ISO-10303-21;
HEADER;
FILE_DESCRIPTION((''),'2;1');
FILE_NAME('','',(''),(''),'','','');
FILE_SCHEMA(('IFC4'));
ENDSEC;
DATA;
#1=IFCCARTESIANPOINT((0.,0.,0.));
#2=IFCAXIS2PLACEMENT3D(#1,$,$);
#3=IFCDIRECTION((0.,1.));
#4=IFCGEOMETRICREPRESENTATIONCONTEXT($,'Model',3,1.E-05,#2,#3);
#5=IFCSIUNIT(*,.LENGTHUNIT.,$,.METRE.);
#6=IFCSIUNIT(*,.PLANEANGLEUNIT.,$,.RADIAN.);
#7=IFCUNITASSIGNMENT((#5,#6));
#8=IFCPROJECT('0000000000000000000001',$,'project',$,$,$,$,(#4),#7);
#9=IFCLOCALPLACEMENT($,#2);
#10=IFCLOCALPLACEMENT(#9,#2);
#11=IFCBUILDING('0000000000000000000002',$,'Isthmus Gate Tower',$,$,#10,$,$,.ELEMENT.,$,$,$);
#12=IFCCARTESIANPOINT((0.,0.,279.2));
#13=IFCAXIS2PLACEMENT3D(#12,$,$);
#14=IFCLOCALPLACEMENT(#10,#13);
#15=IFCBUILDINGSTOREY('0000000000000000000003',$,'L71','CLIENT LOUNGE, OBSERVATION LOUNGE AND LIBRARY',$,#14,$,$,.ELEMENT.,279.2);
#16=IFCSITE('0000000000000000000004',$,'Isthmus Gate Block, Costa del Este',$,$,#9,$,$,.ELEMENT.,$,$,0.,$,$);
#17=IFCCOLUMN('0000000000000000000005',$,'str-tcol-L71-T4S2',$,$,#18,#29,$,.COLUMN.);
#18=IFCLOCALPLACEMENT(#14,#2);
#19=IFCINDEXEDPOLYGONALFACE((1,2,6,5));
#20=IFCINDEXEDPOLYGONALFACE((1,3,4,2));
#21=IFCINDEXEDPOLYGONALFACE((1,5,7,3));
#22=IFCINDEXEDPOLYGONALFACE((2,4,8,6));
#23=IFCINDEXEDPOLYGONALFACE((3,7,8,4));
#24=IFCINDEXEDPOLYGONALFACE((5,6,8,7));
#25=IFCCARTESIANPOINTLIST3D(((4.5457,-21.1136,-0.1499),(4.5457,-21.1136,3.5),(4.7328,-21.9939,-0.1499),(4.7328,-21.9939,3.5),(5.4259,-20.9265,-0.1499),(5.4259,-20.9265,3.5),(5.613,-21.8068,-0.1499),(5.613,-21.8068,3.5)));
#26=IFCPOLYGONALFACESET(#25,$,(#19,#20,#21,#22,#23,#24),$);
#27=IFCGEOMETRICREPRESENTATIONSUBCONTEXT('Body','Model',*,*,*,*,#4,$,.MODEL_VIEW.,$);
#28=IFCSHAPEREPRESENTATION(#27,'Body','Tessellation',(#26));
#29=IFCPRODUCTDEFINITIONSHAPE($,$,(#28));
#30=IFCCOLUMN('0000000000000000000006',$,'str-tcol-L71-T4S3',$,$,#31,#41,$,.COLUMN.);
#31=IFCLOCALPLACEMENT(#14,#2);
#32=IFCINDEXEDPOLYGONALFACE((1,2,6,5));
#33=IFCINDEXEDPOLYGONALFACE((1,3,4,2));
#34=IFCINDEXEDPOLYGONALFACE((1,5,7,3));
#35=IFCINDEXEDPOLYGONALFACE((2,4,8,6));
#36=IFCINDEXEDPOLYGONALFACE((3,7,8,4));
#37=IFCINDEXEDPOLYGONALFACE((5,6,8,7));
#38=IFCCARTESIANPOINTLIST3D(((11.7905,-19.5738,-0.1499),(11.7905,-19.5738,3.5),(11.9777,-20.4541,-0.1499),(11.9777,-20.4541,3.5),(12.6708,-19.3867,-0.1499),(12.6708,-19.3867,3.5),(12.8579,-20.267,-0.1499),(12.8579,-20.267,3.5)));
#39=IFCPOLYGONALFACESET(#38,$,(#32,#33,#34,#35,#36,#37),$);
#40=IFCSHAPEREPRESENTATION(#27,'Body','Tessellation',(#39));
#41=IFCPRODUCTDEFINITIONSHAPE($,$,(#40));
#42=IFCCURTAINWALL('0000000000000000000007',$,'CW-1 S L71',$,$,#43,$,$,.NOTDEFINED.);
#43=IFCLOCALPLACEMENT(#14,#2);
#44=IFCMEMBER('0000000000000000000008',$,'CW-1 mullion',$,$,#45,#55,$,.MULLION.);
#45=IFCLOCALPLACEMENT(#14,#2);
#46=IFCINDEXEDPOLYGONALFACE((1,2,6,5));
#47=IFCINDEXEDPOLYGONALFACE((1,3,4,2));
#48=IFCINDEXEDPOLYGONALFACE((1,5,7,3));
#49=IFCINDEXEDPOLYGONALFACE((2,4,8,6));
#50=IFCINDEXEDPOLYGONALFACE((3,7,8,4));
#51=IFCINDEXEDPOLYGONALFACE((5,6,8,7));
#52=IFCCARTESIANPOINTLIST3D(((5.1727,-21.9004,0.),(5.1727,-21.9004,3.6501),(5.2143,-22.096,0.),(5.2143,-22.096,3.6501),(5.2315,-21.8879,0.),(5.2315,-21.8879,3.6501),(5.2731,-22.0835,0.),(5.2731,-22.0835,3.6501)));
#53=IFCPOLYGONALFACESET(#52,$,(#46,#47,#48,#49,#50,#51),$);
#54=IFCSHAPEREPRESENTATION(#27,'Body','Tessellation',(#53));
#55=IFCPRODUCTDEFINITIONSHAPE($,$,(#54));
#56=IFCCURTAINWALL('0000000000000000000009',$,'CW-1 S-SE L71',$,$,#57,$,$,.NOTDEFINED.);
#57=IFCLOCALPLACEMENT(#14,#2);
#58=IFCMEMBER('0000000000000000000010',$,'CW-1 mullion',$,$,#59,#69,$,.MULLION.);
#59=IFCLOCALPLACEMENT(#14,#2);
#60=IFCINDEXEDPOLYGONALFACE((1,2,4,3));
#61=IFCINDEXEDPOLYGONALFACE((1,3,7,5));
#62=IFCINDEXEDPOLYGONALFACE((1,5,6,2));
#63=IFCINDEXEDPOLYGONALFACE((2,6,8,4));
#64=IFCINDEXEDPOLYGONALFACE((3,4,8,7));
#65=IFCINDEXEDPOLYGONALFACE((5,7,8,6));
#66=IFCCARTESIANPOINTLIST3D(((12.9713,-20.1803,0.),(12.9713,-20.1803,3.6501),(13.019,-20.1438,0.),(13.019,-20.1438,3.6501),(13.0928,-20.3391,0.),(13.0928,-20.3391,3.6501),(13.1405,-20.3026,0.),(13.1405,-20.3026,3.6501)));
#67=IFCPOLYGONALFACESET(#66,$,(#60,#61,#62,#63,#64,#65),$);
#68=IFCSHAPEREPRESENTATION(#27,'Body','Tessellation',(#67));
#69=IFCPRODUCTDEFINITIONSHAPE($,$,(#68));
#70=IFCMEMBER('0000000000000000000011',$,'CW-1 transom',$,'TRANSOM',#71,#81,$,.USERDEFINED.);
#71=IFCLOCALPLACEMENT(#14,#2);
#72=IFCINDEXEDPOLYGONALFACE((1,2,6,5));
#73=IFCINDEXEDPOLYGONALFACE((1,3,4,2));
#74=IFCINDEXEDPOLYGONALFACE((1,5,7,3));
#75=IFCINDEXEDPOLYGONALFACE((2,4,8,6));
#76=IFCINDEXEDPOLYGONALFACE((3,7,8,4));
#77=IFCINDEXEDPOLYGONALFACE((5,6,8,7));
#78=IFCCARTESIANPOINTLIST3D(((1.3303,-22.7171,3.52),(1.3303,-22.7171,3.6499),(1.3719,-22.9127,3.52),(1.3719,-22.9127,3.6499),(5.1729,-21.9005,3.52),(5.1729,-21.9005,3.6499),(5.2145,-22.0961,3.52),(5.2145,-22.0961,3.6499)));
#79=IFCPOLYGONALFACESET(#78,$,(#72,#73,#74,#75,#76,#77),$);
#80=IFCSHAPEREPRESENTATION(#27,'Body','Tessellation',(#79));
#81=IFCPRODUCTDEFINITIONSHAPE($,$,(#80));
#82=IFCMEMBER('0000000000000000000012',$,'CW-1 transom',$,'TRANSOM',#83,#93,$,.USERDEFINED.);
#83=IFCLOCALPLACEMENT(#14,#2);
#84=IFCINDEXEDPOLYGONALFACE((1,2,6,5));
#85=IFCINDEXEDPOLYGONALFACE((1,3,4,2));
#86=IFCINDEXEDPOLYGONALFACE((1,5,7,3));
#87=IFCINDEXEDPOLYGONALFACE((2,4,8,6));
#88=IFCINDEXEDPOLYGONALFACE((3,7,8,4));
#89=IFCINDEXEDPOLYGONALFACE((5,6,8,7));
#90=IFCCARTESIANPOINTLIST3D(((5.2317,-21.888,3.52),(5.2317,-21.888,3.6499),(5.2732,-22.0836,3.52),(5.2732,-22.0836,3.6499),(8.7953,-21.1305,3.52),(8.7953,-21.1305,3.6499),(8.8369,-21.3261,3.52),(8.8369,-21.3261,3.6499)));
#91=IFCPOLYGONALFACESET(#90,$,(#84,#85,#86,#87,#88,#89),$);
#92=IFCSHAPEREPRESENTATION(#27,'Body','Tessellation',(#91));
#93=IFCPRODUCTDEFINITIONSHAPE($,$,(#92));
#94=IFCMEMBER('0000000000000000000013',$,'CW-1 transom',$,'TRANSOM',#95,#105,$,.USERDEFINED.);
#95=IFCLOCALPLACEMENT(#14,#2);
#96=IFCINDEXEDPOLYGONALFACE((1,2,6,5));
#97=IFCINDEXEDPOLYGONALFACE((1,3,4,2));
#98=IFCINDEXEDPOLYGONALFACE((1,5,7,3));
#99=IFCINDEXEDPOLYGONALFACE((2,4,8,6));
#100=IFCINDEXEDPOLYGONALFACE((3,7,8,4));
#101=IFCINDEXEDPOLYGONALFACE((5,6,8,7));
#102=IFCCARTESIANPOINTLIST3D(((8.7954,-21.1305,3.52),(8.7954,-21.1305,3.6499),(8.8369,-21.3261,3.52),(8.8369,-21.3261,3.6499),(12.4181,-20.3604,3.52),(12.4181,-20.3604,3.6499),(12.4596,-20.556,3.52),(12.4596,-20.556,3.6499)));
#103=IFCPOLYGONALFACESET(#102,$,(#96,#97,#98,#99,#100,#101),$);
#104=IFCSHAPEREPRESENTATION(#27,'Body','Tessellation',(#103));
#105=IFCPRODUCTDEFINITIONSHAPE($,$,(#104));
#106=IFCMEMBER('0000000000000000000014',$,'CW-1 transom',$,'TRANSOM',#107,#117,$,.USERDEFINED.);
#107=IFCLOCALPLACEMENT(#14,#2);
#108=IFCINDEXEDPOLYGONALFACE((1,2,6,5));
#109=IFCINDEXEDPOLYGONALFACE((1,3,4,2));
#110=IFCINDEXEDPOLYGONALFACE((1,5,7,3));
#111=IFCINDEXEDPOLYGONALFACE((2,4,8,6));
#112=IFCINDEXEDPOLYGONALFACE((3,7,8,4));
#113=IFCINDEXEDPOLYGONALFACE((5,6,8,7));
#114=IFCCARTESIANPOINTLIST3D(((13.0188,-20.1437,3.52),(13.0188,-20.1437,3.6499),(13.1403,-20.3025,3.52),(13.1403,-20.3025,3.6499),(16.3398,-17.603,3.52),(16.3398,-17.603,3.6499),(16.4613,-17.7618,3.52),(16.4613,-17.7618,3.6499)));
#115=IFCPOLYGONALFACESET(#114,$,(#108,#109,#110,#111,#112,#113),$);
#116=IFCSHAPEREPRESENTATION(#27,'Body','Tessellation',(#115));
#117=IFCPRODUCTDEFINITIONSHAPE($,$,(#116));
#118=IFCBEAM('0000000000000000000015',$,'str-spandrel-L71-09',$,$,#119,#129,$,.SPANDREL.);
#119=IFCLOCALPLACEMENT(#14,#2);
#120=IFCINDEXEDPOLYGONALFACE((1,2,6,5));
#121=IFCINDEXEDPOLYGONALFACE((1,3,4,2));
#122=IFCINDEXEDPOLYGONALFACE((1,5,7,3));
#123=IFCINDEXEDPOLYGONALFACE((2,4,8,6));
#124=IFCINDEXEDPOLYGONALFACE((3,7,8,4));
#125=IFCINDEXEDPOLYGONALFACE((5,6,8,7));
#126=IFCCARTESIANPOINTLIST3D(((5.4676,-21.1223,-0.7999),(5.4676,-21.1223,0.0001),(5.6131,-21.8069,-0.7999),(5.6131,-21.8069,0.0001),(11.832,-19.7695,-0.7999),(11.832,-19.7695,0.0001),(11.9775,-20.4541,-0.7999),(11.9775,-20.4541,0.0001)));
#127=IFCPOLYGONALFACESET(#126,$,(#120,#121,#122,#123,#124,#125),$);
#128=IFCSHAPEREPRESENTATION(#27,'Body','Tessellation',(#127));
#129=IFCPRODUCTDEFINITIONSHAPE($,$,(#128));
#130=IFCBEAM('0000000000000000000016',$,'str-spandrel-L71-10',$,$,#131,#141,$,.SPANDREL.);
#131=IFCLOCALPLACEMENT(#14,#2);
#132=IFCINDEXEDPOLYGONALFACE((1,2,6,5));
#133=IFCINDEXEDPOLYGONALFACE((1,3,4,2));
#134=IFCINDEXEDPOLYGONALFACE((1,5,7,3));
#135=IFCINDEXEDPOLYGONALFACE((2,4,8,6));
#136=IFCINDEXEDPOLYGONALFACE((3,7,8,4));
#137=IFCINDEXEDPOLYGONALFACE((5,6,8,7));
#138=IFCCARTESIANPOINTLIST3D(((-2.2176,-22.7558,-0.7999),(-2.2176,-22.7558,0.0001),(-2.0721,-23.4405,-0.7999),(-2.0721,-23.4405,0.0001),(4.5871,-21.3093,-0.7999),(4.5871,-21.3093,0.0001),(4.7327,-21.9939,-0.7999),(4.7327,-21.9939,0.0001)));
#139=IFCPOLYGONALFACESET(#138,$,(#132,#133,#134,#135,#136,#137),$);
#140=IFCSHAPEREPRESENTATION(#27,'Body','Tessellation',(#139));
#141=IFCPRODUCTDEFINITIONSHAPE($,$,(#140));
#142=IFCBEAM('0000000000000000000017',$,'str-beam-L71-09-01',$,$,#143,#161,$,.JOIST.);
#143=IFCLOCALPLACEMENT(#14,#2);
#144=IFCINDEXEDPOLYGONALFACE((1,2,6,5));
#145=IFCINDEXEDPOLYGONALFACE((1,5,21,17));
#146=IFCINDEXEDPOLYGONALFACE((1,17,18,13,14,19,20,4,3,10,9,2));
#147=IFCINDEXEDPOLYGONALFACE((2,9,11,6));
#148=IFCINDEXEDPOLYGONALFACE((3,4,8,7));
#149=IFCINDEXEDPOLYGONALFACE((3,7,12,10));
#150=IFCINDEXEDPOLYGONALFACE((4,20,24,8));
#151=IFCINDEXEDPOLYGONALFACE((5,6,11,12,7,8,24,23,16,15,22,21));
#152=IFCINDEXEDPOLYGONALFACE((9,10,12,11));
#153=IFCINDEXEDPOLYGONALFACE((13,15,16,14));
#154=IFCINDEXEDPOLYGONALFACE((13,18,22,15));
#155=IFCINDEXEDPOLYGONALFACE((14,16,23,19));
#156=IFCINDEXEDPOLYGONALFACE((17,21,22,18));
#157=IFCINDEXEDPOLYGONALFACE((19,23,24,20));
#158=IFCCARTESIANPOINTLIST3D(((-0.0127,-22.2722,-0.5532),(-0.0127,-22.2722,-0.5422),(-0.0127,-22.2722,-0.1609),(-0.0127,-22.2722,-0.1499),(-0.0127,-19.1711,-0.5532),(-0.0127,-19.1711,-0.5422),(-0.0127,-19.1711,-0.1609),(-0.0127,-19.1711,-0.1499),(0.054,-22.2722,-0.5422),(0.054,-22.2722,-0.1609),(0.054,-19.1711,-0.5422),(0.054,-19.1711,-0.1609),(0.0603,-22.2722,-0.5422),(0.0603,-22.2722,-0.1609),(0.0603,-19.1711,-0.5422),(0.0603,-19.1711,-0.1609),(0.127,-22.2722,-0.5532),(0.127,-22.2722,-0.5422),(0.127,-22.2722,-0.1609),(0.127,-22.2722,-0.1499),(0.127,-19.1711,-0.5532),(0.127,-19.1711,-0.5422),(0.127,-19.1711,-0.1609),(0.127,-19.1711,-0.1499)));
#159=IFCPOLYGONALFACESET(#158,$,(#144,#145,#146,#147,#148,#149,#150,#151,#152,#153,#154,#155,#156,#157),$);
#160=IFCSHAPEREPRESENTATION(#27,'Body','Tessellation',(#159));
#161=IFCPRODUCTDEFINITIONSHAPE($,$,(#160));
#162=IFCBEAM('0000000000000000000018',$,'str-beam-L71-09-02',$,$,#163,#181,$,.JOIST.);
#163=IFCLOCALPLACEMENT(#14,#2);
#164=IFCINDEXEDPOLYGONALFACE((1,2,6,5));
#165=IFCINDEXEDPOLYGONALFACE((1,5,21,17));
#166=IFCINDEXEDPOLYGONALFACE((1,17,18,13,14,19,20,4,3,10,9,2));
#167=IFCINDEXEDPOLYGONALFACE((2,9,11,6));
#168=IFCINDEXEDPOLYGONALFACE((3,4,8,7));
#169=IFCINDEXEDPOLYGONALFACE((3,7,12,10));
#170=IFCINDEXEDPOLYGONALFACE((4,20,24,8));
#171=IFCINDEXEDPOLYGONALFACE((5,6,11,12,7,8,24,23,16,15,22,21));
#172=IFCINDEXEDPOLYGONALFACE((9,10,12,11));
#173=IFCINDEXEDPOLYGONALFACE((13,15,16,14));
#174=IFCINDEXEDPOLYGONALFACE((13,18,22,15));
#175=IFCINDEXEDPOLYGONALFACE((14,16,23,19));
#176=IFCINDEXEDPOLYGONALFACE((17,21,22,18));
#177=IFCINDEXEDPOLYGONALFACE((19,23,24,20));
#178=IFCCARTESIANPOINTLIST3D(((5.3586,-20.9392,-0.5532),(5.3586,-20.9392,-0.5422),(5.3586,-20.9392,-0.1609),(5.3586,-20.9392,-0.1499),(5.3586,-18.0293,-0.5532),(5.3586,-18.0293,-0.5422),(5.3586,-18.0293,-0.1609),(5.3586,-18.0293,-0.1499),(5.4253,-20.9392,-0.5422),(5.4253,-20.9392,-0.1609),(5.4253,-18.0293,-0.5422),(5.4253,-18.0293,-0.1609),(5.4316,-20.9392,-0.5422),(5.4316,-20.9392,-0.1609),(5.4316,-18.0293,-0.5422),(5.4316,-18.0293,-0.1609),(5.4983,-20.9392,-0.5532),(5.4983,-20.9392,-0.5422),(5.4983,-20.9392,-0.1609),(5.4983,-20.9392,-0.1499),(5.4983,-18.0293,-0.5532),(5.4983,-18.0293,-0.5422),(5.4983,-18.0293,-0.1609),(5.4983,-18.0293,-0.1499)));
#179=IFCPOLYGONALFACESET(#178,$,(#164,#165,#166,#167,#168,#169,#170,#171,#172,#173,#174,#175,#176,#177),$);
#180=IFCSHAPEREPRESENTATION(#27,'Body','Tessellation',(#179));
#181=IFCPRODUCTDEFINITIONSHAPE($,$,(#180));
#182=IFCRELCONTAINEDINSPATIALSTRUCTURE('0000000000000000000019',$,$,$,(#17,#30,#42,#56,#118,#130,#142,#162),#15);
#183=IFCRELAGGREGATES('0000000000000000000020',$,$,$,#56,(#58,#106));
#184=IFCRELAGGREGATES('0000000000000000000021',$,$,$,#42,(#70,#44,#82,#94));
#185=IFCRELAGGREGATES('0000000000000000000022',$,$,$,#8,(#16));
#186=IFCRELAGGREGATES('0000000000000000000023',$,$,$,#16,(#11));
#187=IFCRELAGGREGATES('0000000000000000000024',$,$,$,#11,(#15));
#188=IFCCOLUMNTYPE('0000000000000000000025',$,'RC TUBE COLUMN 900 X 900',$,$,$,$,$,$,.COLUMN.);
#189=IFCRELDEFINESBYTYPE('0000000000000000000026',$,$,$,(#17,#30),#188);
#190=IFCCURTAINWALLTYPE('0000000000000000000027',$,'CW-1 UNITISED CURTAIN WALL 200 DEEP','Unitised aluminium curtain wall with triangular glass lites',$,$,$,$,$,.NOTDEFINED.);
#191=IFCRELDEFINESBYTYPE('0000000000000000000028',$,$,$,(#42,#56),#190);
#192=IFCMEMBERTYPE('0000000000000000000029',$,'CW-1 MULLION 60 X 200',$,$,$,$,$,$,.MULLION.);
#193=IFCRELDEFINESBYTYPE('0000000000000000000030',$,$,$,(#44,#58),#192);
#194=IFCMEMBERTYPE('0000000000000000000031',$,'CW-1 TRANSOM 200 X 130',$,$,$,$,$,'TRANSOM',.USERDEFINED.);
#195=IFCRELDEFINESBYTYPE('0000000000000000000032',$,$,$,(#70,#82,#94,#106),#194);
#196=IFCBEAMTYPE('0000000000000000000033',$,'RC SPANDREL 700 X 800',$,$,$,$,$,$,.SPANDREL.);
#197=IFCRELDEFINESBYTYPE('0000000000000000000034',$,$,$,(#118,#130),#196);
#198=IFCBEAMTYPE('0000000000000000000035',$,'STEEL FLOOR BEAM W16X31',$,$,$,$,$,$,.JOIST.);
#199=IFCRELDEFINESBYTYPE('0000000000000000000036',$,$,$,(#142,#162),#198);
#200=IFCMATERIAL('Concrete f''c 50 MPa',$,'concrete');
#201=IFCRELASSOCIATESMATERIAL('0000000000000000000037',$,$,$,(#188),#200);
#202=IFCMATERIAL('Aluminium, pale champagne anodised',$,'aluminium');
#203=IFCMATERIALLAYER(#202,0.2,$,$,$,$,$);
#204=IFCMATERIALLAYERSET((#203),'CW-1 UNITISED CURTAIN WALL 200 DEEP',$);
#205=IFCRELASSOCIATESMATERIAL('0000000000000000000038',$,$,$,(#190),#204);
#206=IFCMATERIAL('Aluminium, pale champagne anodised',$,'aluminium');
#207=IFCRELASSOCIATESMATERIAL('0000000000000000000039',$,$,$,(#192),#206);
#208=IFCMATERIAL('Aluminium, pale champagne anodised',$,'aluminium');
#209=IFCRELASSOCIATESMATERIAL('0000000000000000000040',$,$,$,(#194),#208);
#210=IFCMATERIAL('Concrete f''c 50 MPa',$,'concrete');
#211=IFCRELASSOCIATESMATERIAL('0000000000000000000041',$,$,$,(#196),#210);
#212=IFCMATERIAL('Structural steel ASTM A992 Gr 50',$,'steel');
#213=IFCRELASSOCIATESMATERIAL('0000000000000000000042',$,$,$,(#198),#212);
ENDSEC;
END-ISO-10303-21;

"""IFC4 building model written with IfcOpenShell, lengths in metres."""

from ifc_helpers import new_model, si_unit, direction, frame, origin, origin_2d, place, context, subcontext, project, spatial, rectangle, i_section, extrude, material, layer, layer_set, material_profile, profile_set, type_object, element, aggregate, save


model = new_model("IFC4")

# Units and contexts
model_context = context("Model", 3, precision=1e-05, world=origin(), true_north=direction((0.0, 1.0)))
body_context = subcontext(model_context, "Body", "Model", "MODEL_VIEW")
ifc_project = project(units=[si_unit("LENGTHUNIT", "METRE"), si_unit("PLANEANGLEUNIT", "RADIAN")], contexts=[model_context])

# Site, building, storey
site_placement = place(None, origin())
site = spatial("IfcSite", under=ifc_project, at=site_placement, Name="Isthmus Gate Block, Costa del Este", CompositionType="ELEMENT", RefElevation=0.0)
building_placement = place(site_placement, origin())
building = spatial("IfcBuilding", under=site, at=building_placement, Name="Isthmus Gate Tower", CompositionType="ELEMENT")
storey_placement = place(building_placement, frame((0.0, 0.0, 279.2)))
storey = spatial("IfcBuildingStorey", under=building, at=storey_placement, Name="L71", Description="CLIENT LOUNGE, OBSERVATION LOUNGE AND LIBRARY", CompositionType="ELEMENT", Elevation=279.2)

# Columns
ifc_material_1 = material(Name="Concrete f'c 50 MPa", Category="concrete")
ifc_material_profile_1 = material_profile(ifc_material_1, rectangle(XDim=0.8999, YDim=0.8999, at=origin_2d()), Name="RC 900X900")
ifc_profile_set_1 = profile_set([ifc_material_profile_1], Name="Concrete f'c 50 MPa")
column_type = type_object("IfcColumnType", Name="RC TUBE COLUMN 900 X 900", PredefinedType="COLUMN", material=ifc_profile_set_1)
for number, where, z_axis, x_axis, name in (
    (1, (5.0793, -21.4602, -0.1499), (0.0, 0.0, 1.0), (0.978148, 0.207912, 0.0), "str-tcol-L71-T4S2"),
    (2, (12.3242, -19.9204, -0.1499), (0.0, 0.0, 1.0), (0.978148, 0.207912, 0.0), "str-tcol-L71-T4S3"),
):
    element("IfcColumn", number, at=place(storey_placement, frame(where, z_axis=z_axis, x_axis=x_axis)), inside=storey, type_object=column_type, Name=name, PredefinedType="COLUMN", context=body_context, shape_type="SweptSolid", body=[
        extrude(rectangle(XDim=0.8999, YDim=0.8999, at=origin_2d()), origin(), (0.0, 0.0, 1.0), 3.6499),
    ])

# Curtain walls, members
ifc_material_2 = material(Name="Aluminium, pale champagne anodised", Category="aluminium")
ifc_layer_1 = layer(ifc_material_2, 0.2)
ifc_layer_set_1 = layer_set([ifc_layer_1], Name="CW-1 UNITISED CURTAIN WALL 200 DEEP")
curtain_wall_type = type_object("IfcCurtainWallType", Name="CW-1 UNITISED CURTAIN WALL 200 DEEP", Description="Unitised aluminium curtain wall with triangular glass lites", PredefinedType="NOTDEFINED", material=ifc_layer_set_1)
curtain_wall_1_placement = place(storey_placement, origin())
curtain_wall_1 = element("IfcCurtainWall", 3, at=curtain_wall_1_placement, inside=storey, type_object=curtain_wall_type, Name="CW-1 S L71", PredefinedType="NOTDEFINED")
ifc_material_3 = material(Name="Aluminium, pale champagne anodised", Category="aluminium")
ifc_material_profile_2 = material_profile(ifc_material_3, rectangle(XDim=0.0601, YDim=0.2, at=origin_2d()), Name="60x200")
ifc_profile_set_2 = profile_set([ifc_material_profile_2], Name="Aluminium, pale champagne anodised")
member_type_1 = type_object("IfcMemberType", Name="CW-1 MULLION 60 X 200", PredefinedType="MULLION", material=ifc_profile_set_2)
member_1_placement = place(storey_placement, frame((5.2229, -21.9919, 0.0), z_axis=(0.0, 0.0, 1.0), x_axis=(0.978148, 0.207912, 0.0)))
member_1 = element("IfcMember", 4, at=member_1_placement, type_object=member_type_1, Name="CW-1 mullion", PredefinedType="MULLION", context=body_context, shape_type="SweptSolid", body=[
    extrude(rectangle(XDim=0.0601, YDim=0.2, at=origin_2d()), origin(), (0.0, 0.0, 1.0), 3.6501),
])
curtain_wall_2_placement = place(storey_placement, origin())
curtain_wall_2 = element("IfcCurtainWall", 5, at=curtain_wall_2_placement, inside=storey, type_object=curtain_wall_type, Name="CW-1 S-SE L71", PredefinedType="NOTDEFINED")
member_2_placement = place(storey_placement, frame((13.0559, -20.2415, 0.0), z_axis=(0.0, 0.0, 1.0), x_axis=(0.794189, 0.607671, 0.0)))
member_2 = element("IfcMember", 6, at=member_2_placement, type_object=member_type_1, Name="CW-1 mullion", PredefinedType="MULLION", context=body_context, shape_type="SweptSolid", body=[
    extrude(rectangle(XDim=0.0601, YDim=0.2, at=origin_2d()), origin(), (0.0, 0.0, 1.0), 3.6501),
])

# Members
ifc_material_4 = material(Name="Aluminium, pale champagne anodised", Category="aluminium")
ifc_material_profile_3 = material_profile(ifc_material_4, rectangle(XDim=0.2, YDim=0.1299, at=origin_2d()), Name="200x130")
ifc_profile_set_3 = profile_set([ifc_material_profile_3], Name="Aluminium, pale champagne anodised")
member_type_2 = type_object("IfcMemberType", Name="CW-1 TRANSOM 200 X 130", ElementType="TRANSOM", PredefinedType="USERDEFINED", material=ifc_profile_set_3)
member_3_placement = place(storey_placement, frame((1.3511, -22.8149, 3.585), z_axis=(0.978153, 0.207886, 0.0), x_axis=(-0.207886, 0.978153, 0.0)))
member_3 = element("IfcMember", 7, at=member_3_placement, type_object=member_type_2, Name="CW-1 transom", ObjectType="TRANSOM", PredefinedType="USERDEFINED", context=body_context, shape_type="SweptSolid", body=[
    extrude(rectangle(XDim=0.2, YDim=0.1299, at=origin_2d()), origin(), (0.0, 0.0, 1.0), 3.9285),
])
member_4_placement = place(storey_placement, frame((5.2524, -21.9858, 3.585), z_axis=(0.978143, 0.207932, 0.0), x_axis=(-0.207932, 0.978143, 0.0)))
member_4 = element("IfcMember", 8, at=member_4_placement, type_object=member_type_2, Name="CW-1 transom", ObjectType="TRANSOM", PredefinedType="USERDEFINED", context=body_context, shape_type="SweptSolid", body=[
    extrude(rectangle(XDim=0.2, YDim=0.1299, at=origin_2d()), origin(), (0.0, 0.0, 1.0), 3.6433),
])
member_5_placement = place(storey_placement, frame((8.8162, -21.2283, 3.585), z_axis=(0.978146, 0.207917, 0.0), x_axis=(-0.207917, 0.978146, 0.0)))
member_5 = element("IfcMember", 9, at=member_5_placement, type_object=member_type_2, Name="CW-1 transom", ObjectType="TRANSOM", PredefinedType="USERDEFINED", context=body_context, shape_type="SweptSolid", body=[
    extrude(rectangle(XDim=0.2, YDim=0.1299, at=origin_2d()), origin(), (0.0, 0.0, 1.0), 3.7036),
])
member_6_placement = place(storey_placement, frame((13.0796, -20.2231, 3.585), z_axis=(0.794225, 0.607623, 0.0), x_axis=(-0.607623, 0.794225, 0.0)))
member_6 = element("IfcMember", 10, at=member_6_placement, type_object=member_type_2, Name="CW-1 transom", ObjectType="TRANSOM", PredefinedType="USERDEFINED", context=body_context, shape_type="SweptSolid", body=[
    extrude(rectangle(XDim=0.2, YDim=0.1299, at=origin_2d()), origin(), (0.0, 0.0, 1.0), 4.1814),
])
aggregate(curtain_wall_2, [member_2, member_6])

# Beams
ifc_material_5 = material(Name="Concrete f'c 50 MPa", Category="concrete")
ifc_material_profile_4 = material_profile(ifc_material_5, rectangle(XDim=0.7, YDim=0.8, at=origin_2d()), Name="RC 700X800")
ifc_profile_set_4 = profile_set([ifc_material_profile_4], Name="Concrete f'c 50 MPa")
beam_type_1 = type_object("IfcBeamType", Name="RC SPANDREL 700 X 800", PredefinedType="SPANDREL", material=ifc_profile_set_4)
beam_1_placement = place(storey_placement, frame((11.9048, -20.1118, -0.3999), z_axis=(-0.978149, -0.207907, 0.0), x_axis=(0.207907, -0.978149, 0.0)))
element("IfcBeam", 11, at=beam_1_placement, inside=storey, type_object=beam_type_1, Name="str-spandrel-L71-09", PredefinedType="SPANDREL", context=body_context, shape_type="SweptSolid", body=[
    extrude(rectangle(XDim=0.7, YDim=0.8, at=origin_2d()), origin(), (0.0, 0.0, 1.0), 6.5066),
])
beam_2_placement = place(storey_placement, frame((4.6599, -21.6516, -0.3999), z_axis=(-0.978143, -0.207933, 0.0), x_axis=(0.207933, -0.978143, 0.0)))
element("IfcBeam", 12, at=beam_2_placement, inside=storey, type_object=beam_type_1, Name="str-spandrel-L71-10", PredefinedType="SPANDREL", context=body_context, shape_type="SweptSolid", body=[
    extrude(rectangle(XDim=0.7, YDim=0.8, at=origin_2d()), origin(), (0.0, 0.0, 1.0), 6.9568),
])
ifc_material_6 = material(Name="Structural steel ASTM A992 Gr 50", Category="steel")
ifc_material_profile_5 = material_profile(ifc_material_6, i_section(OverallWidth=0.1396, OverallDepth=0.4033, WebThickness=0.0063, FlangeThickness=0.011, at=origin_2d()), Name="W16X31")
ifc_profile_set_5 = profile_set([ifc_material_profile_5], Name="Structural steel ASTM A992 Gr 50")
beam_type_2 = type_object("IfcBeamType", Name="STEEL FLOOR BEAM W16X31", PredefinedType="JOIST", material=ifc_profile_set_5)
beam_3_placement = place(storey_placement, frame((0.0571, -22.2722, -0.3516), z_axis=(0.0, 1.0, 0.0), x_axis=(-1.0, 0.0, 0.0)))
element("IfcBeam", 13, at=beam_3_placement, inside=storey, type_object=beam_type_2, Name="str-beam-L71-09-01", PredefinedType="JOIST", context=body_context, shape_type="SweptSolid", body=[
    extrude(i_section(OverallWidth=0.1396, OverallDepth=0.4033, WebThickness=0.0063, FlangeThickness=0.011, at=origin_2d()), origin(), (0.0, 0.0, 1.0), 3.1011),
])
beam_4_placement = place(storey_placement, frame((5.4285, -20.9392, -0.3516), z_axis=(0.0, 1.0, 0.0), x_axis=(-1.0, 0.0, 0.0)))
element("IfcBeam", 14, at=beam_4_placement, inside=storey, type_object=beam_type_2, Name="str-beam-L71-09-02", PredefinedType="JOIST", context=body_context, shape_type="SweptSolid", body=[
    extrude(i_section(OverallWidth=0.1396, OverallDepth=0.4033, WebThickness=0.0063, FlangeThickness=0.011, at=origin_2d()), origin(), (0.0, 0.0, 1.0), 2.9099),
])

aggregate(curtain_wall_1, [member_3, member_1, member_4, member_5])

save(model, "model.ifc")
